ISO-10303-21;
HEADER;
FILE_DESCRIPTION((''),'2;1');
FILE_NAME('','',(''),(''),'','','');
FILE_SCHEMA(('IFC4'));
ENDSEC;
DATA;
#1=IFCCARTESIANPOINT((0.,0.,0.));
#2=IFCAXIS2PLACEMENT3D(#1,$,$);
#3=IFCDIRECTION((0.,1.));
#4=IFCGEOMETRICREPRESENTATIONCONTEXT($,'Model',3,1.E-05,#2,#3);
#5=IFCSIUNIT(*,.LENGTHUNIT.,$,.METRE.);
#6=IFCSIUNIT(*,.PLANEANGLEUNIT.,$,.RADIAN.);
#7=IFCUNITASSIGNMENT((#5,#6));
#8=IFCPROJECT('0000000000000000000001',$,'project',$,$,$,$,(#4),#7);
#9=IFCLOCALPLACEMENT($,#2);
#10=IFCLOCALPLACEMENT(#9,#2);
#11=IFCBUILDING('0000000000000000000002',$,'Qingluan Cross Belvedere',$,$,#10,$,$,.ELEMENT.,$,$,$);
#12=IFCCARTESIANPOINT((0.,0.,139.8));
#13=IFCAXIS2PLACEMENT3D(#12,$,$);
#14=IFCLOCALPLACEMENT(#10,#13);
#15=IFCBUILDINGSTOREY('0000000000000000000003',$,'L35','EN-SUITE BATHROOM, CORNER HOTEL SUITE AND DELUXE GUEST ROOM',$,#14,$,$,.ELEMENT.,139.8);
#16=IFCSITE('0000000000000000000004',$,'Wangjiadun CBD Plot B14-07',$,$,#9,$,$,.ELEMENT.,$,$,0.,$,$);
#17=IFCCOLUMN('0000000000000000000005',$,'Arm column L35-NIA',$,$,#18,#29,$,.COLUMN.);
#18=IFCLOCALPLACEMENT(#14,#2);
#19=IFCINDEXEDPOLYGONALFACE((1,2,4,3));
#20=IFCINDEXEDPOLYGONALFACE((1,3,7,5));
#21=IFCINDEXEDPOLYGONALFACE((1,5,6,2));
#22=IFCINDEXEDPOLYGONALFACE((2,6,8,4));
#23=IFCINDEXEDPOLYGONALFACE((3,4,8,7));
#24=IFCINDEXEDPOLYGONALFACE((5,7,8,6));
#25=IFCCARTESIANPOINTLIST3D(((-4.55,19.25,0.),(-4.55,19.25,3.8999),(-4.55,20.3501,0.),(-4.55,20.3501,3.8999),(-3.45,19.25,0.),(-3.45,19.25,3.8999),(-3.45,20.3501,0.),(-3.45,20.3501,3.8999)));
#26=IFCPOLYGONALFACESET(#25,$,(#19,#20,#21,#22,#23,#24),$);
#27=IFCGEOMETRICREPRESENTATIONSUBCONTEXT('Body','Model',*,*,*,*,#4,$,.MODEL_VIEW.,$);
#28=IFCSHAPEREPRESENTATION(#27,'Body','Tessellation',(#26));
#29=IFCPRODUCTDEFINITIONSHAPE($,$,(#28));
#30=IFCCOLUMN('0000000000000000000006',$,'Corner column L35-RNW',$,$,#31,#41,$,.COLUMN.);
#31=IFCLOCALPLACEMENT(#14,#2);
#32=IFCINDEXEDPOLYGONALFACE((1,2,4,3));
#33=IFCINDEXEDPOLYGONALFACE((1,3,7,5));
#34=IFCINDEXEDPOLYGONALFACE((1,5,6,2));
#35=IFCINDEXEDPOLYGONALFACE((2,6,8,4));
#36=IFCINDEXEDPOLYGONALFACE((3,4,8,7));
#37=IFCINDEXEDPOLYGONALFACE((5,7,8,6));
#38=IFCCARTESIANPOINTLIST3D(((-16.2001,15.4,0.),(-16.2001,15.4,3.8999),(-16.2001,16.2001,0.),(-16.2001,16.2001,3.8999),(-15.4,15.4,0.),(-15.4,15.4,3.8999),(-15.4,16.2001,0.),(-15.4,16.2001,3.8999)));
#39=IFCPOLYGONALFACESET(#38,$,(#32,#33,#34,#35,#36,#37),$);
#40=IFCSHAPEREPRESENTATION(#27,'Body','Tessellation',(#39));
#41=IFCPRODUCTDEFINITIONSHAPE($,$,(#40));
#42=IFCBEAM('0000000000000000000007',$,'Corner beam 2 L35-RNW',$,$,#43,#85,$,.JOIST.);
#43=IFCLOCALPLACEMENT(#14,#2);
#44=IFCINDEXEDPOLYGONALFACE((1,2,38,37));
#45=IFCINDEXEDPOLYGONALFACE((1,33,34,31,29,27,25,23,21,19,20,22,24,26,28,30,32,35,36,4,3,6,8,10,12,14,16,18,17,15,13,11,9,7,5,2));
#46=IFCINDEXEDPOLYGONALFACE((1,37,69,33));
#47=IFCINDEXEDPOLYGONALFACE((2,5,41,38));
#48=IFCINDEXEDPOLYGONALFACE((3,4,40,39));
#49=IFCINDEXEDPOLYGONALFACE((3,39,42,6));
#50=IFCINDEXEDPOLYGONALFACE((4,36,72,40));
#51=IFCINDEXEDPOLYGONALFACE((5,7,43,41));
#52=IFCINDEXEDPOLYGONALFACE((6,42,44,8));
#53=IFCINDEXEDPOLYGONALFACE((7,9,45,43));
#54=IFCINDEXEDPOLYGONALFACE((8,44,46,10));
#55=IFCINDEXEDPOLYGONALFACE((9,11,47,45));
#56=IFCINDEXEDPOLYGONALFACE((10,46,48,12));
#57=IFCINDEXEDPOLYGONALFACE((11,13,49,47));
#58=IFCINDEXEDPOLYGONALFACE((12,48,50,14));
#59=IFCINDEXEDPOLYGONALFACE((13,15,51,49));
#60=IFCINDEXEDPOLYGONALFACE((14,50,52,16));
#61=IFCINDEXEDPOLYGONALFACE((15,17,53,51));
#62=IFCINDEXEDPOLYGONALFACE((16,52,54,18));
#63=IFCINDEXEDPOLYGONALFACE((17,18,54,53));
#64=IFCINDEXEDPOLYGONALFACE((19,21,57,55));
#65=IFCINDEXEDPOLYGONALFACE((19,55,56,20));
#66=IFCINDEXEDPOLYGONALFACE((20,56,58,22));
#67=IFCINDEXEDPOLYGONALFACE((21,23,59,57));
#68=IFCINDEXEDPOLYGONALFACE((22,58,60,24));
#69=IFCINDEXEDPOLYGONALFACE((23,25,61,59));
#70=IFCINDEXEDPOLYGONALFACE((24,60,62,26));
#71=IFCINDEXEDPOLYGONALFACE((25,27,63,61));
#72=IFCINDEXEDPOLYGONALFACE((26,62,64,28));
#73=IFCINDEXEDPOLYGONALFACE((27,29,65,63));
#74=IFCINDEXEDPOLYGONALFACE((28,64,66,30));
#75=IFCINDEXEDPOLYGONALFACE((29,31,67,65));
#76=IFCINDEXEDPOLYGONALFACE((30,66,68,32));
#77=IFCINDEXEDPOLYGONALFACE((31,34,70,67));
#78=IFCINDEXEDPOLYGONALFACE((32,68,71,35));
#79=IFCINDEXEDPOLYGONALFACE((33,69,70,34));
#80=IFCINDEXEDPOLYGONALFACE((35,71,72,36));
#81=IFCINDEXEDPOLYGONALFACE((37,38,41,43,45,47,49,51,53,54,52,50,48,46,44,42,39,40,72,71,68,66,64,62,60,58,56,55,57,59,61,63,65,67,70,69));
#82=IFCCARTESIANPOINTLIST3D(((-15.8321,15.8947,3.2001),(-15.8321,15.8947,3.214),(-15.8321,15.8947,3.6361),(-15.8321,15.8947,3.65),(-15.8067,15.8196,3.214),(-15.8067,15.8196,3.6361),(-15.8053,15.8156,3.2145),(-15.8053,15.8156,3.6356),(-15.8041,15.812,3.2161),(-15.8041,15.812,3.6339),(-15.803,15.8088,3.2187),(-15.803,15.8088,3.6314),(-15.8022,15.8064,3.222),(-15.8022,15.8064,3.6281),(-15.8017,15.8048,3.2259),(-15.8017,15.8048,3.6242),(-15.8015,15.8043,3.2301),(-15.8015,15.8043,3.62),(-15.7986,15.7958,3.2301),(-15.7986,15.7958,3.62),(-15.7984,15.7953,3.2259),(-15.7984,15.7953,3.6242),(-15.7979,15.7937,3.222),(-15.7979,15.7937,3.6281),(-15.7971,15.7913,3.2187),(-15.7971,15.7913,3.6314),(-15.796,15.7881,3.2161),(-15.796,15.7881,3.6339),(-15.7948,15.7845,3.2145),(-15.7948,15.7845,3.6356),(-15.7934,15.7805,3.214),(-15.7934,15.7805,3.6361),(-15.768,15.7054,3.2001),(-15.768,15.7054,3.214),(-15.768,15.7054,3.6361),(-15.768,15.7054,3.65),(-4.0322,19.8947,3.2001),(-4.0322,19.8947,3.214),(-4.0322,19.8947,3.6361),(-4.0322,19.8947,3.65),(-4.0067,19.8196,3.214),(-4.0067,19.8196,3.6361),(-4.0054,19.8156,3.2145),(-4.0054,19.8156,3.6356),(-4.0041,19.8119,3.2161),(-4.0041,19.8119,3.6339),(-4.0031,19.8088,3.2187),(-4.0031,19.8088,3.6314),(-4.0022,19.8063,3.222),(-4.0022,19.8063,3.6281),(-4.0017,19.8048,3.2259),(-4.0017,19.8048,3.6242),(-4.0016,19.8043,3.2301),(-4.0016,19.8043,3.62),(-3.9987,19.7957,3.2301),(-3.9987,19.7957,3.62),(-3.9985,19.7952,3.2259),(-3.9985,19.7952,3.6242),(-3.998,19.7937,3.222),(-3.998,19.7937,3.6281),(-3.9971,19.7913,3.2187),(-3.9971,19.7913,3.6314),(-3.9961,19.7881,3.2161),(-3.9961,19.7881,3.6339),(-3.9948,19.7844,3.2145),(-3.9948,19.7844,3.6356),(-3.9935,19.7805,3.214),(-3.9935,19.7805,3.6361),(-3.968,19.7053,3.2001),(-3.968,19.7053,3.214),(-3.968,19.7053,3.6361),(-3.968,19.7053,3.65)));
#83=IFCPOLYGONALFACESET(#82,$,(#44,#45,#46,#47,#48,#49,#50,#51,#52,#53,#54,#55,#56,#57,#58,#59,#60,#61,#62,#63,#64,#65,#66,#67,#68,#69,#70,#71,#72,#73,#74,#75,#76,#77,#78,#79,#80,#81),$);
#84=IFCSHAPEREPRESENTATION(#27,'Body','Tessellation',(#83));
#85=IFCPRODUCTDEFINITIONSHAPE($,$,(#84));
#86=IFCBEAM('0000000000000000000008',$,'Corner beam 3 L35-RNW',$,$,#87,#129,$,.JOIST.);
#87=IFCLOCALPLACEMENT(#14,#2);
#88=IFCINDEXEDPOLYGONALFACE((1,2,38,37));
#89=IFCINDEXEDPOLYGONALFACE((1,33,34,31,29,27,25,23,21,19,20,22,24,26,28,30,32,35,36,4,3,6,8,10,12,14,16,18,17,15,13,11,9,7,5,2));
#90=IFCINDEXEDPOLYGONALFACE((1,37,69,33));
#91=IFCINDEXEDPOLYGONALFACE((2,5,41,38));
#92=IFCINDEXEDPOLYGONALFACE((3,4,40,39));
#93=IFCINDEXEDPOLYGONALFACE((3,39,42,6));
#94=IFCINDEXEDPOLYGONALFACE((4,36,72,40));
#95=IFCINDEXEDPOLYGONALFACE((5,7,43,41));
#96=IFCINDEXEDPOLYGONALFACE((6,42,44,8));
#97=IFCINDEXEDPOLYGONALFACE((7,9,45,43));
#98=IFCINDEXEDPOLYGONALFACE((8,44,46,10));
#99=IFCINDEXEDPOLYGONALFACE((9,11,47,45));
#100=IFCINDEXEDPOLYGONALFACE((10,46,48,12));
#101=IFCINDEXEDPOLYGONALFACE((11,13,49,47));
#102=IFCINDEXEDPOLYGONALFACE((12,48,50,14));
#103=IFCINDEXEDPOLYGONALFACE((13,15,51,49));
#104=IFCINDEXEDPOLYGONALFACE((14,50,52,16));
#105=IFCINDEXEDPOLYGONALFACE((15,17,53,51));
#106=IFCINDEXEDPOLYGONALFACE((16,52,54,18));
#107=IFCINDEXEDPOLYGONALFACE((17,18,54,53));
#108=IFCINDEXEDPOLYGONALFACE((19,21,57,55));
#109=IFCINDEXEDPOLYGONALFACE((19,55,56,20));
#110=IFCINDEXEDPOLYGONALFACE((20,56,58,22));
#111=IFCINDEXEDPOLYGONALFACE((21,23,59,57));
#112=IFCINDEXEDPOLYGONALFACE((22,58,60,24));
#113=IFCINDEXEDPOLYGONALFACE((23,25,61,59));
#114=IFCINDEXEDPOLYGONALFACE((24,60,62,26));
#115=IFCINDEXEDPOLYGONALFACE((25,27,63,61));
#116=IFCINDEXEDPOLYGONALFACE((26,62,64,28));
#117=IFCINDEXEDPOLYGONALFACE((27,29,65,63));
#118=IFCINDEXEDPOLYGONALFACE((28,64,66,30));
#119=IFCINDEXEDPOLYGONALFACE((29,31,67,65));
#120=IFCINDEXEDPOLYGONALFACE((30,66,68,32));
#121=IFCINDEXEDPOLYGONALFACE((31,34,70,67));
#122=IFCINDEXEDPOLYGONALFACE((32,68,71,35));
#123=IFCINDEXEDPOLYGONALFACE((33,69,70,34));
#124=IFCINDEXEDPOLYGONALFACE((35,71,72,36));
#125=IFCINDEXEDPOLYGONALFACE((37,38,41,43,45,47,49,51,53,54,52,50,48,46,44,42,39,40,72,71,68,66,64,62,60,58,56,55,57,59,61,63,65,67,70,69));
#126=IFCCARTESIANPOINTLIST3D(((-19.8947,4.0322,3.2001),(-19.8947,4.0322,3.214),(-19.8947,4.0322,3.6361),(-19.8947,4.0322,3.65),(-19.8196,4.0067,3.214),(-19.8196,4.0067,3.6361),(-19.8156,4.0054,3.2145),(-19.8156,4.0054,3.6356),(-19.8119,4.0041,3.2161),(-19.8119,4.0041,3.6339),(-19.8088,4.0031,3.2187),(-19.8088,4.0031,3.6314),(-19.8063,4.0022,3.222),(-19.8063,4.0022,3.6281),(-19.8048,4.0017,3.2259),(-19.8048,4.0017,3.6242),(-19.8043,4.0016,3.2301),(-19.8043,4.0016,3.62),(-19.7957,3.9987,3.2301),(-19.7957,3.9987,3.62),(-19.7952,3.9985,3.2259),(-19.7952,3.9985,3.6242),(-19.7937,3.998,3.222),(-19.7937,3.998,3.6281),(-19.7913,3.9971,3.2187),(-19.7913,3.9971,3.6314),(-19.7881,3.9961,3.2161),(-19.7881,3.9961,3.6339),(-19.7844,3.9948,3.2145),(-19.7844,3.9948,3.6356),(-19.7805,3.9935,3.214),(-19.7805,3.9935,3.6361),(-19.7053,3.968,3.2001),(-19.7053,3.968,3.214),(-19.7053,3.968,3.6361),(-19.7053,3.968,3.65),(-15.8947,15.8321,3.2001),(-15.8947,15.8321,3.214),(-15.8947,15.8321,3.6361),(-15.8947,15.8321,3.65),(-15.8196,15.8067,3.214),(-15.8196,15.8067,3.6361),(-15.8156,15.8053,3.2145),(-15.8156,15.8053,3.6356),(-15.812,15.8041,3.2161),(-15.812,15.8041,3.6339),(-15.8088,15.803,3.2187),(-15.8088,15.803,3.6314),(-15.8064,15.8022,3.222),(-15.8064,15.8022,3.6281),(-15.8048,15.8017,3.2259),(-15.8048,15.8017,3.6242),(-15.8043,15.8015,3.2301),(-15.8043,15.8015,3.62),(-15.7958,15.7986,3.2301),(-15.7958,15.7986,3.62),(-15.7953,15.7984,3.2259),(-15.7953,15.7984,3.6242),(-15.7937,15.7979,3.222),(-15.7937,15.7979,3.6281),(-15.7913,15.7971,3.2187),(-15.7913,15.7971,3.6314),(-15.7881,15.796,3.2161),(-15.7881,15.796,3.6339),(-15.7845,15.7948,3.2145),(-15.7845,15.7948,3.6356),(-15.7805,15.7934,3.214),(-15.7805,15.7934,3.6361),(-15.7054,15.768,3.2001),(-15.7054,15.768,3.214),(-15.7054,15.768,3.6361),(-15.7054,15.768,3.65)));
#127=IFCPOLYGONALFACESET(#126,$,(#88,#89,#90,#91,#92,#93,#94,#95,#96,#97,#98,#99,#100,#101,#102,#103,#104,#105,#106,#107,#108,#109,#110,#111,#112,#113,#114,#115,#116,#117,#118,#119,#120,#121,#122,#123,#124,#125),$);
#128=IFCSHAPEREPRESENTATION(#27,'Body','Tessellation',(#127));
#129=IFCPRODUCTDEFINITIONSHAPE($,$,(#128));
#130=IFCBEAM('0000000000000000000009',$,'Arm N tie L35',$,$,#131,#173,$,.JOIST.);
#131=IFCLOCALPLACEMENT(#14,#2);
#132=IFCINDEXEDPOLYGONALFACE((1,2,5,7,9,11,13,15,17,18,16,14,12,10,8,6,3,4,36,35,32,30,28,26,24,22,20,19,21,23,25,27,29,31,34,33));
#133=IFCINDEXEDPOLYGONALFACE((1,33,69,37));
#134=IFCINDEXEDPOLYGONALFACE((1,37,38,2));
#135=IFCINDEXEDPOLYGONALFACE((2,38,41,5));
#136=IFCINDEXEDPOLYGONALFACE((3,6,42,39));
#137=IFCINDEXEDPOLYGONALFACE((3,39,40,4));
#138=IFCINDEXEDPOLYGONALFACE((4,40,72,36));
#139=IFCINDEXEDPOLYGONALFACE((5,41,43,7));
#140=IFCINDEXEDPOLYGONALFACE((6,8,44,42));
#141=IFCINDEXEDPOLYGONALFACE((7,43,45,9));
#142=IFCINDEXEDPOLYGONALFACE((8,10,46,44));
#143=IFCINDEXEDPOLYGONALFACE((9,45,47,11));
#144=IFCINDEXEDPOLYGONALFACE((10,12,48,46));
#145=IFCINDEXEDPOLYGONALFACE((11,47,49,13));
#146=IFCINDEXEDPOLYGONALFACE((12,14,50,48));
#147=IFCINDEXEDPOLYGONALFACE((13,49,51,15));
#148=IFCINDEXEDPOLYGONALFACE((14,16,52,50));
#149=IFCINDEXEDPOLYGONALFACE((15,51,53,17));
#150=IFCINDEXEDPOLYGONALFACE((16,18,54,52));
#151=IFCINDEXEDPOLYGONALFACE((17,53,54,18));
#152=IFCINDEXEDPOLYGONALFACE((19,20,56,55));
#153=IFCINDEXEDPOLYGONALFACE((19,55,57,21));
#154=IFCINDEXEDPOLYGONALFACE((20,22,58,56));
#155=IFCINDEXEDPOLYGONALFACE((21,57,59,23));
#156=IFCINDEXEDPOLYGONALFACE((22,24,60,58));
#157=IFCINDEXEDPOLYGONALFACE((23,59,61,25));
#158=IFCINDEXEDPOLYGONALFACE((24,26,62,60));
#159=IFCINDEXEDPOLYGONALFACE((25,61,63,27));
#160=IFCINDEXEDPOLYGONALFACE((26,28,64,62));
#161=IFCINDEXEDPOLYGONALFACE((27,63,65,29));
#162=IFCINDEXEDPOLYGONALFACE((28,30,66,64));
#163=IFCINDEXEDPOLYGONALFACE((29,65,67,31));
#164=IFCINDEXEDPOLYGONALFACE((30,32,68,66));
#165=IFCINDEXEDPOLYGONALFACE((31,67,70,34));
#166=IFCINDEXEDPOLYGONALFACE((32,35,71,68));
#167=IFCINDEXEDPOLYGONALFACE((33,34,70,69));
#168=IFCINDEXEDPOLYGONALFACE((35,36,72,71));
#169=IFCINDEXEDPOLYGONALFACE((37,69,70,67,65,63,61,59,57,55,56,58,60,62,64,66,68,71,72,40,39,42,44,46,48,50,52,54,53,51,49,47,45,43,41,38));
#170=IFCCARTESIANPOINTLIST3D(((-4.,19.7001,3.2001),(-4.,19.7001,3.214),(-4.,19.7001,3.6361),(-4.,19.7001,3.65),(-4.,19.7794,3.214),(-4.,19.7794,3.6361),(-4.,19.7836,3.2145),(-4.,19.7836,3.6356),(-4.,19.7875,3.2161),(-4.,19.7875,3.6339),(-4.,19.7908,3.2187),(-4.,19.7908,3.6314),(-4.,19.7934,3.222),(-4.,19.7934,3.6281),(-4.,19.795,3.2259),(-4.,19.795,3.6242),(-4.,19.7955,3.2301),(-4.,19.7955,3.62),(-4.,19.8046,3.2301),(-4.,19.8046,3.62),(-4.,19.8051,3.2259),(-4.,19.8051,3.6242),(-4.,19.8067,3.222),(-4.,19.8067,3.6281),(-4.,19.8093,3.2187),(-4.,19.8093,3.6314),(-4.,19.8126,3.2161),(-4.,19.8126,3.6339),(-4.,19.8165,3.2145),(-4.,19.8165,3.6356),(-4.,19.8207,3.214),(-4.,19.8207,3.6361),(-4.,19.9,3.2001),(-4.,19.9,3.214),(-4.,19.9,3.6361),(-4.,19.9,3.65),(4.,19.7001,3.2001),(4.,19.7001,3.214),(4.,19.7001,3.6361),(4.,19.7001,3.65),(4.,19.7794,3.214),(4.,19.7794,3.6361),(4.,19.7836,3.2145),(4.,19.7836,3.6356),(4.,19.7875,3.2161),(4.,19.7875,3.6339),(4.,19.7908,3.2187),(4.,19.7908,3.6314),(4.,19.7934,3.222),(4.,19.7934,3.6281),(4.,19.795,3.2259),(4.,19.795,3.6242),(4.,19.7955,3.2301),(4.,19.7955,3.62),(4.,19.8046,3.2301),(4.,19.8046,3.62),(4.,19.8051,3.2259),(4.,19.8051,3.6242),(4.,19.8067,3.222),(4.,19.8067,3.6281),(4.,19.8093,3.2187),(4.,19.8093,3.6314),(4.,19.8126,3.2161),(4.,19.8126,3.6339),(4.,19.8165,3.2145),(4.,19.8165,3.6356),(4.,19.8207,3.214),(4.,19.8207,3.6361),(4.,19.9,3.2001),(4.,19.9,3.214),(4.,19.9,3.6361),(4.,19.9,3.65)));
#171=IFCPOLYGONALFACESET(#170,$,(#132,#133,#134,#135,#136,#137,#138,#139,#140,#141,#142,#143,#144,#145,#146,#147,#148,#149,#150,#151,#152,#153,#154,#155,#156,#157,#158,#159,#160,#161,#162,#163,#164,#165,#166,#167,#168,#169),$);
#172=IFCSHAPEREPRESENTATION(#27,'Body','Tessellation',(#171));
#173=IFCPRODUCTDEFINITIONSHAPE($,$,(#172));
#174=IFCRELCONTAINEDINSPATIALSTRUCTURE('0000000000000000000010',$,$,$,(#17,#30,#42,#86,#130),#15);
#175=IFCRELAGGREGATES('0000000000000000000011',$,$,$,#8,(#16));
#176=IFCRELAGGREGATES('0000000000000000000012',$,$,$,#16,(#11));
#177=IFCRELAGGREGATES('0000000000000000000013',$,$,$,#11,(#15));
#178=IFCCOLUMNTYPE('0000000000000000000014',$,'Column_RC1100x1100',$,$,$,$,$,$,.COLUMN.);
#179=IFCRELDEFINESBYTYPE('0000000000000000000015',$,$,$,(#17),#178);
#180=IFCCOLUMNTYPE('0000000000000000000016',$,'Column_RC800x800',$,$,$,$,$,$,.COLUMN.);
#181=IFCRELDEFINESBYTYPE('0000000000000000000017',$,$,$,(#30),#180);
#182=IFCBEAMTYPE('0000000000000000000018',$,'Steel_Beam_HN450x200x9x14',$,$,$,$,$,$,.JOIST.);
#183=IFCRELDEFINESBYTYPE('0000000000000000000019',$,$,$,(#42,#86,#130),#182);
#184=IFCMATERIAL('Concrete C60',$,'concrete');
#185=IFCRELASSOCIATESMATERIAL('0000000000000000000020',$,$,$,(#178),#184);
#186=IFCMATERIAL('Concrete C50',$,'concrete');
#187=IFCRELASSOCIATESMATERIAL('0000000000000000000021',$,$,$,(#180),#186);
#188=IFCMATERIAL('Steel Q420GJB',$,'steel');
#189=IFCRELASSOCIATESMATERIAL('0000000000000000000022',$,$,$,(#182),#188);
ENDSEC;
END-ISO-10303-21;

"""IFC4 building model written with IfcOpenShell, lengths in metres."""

from ifc_helpers import new_model, si_unit, direction, frame, origin, origin_2d, place, context, subcontext, project, spatial, rectangle, i_section, extrude, material, material_profile, profile_set, type_object, element, save


model = new_model("IFC4")

# Units and contexts
model_context = context("Model", 3, precision=1e-05, world=origin(), true_north=direction((0.0, 1.0)))
body_context = subcontext(model_context, "Body", "Model", "MODEL_VIEW")
ifc_project = project(units=[si_unit("LENGTHUNIT", "METRE"), si_unit("PLANEANGLEUNIT", "RADIAN")], contexts=[model_context])

# Site, building, storey
site_placement = place(None, origin())
site = spatial("IfcSite", under=ifc_project, at=site_placement, Name="Wangjiadun CBD Plot B14-07", CompositionType="ELEMENT", RefElevation=0.0)
building_placement = place(site_placement, origin())
building = spatial("IfcBuilding", under=site, at=building_placement, Name="Qingluan Cross Belvedere", CompositionType="ELEMENT")
storey_placement = place(building_placement, frame((0.0, 0.0, 139.8)))
storey = spatial("IfcBuildingStorey", under=building, at=storey_placement, Name="L35", Description="EN-SUITE BATHROOM, CORNER HOTEL SUITE AND DELUXE GUEST ROOM", CompositionType="ELEMENT", Elevation=139.8)

# Columns
ifc_material_1 = material(Name="Concrete C60", Category="concrete")
ifc_material_profile_1 = material_profile(ifc_material_1, rectangle(XDim=1.1001, YDim=1.1001, at=origin_2d()), Name="RC1100x1100")
ifc_profile_set_1 = profile_set([ifc_material_profile_1], Name="Concrete C60")
column_type_1 = type_object("IfcColumnType", Name="Column_RC1100x1100", PredefinedType="COLUMN", material=ifc_profile_set_1)
column_1_placement = place(storey_placement, frame((-4.0, 19.8, 0.0), z_axis=(0.0, 0.0, 1.0), x_axis=(1.0, 0.0, 0.0)))
element("IfcColumn", 1, at=column_1_placement, inside=storey, type_object=column_type_1, Name="Arm column L35-NIA", PredefinedType="COLUMN", context=body_context, shape_type="SweptSolid", body=[
    extrude(rectangle(XDim=1.1001, YDim=1.1001, at=origin_2d()), origin(), (0.0, 0.0, 1.0), 3.8999),
])
ifc_material_2 = material(Name="Concrete C50", Category="concrete")
ifc_material_profile_2 = material_profile(ifc_material_2, rectangle(XDim=0.8, YDim=0.8, at=origin_2d()), Name="RC800x800")
ifc_profile_set_2 = profile_set([ifc_material_profile_2], Name="Concrete C50")
column_type_2 = type_object("IfcColumnType", Name="Column_RC800x800", PredefinedType="COLUMN", material=ifc_profile_set_2)
column_2_placement = place(storey_placement, frame((-15.8, 15.8, 0.0), z_axis=(0.0, 0.0, 1.0), x_axis=(1.0, 0.0, 0.0)))
element("IfcColumn", 2, at=column_2_placement, inside=storey, type_object=column_type_2, Name="Corner column L35-RNW", PredefinedType="COLUMN", context=body_context, shape_type="SweptSolid", body=[
    extrude(rectangle(XDim=0.8, YDim=0.8, at=origin_2d()), origin(), (0.0, 0.0, 1.0), 3.8999),
])

# Beams
ifc_material_3 = material(Name="Steel Q420GJB", Category="steel")
ifc_material_profile_3 = material_profile(ifc_material_3, i_section(OverallWidth=0.2, OverallDepth=0.45, WebThickness=0.009, FlangeThickness=0.0139, FilletRadius=0.0161, at=origin_2d()), Name="HN450x200x9x14")
ifc_profile_set_3 = profile_set([ifc_material_profile_3], Name="Steel Q420GJB")
beam_type_1 = type_object("IfcBeamType", Name="Steel_Beam_HN450x200x9x14", PredefinedType="JOIST", material=ifc_profile_set_3)
for number, where, z_axis, x_axis, name in (
    (3, (-15.8, 15.8, 3.425), (0.947066, 0.321038, 0.0), (-0.321038, 0.947066, 0.0), "Corner beam 2 L35-RNW"),
    (4, (-15.8, 15.8, 3.425), (-0.321038, -0.947066, 0.0), (0.947066, -0.321038, 0.0), "Corner beam 3 L35-RNW"),
):
    element("IfcBeam", number, at=place(storey_placement, frame(where, z_axis=z_axis, x_axis=x_axis)), inside=storey, type_object=beam_type_1, Name=name, PredefinedType="JOIST", context=body_context, shape_type="SweptSolid", body=[
        extrude(i_section(OverallWidth=0.2, OverallDepth=0.45, WebThickness=0.009, FlangeThickness=0.0139, FilletRadius=0.0161, at=origin_2d()), origin(), (0.0, 0.0, 1.0), 12.4595),
    ])
for number, where, z_axis, x_axis, name in (
    (5, (-4.0, 19.8, 3.425), (1.0, 0.0, 0.0), (0.0, 1.0, 0.0), "Arm N tie L35"),
):
    element("IfcBeam", number, at=place(storey_placement, frame(where, z_axis=z_axis, x_axis=x_axis)), inside=storey, type_object=beam_type_1, Name=name, PredefinedType="JOIST", context=body_context, shape_type="SweptSolid", body=[
        extrude(i_section(OverallWidth=0.2, OverallDepth=0.45, WebThickness=0.009, FlangeThickness=0.0139, FilletRadius=0.0161, at=origin_2d()), origin(), (0.0, 0.0, 1.0), 8.0),
    ])

save(model, "model.ifc")
